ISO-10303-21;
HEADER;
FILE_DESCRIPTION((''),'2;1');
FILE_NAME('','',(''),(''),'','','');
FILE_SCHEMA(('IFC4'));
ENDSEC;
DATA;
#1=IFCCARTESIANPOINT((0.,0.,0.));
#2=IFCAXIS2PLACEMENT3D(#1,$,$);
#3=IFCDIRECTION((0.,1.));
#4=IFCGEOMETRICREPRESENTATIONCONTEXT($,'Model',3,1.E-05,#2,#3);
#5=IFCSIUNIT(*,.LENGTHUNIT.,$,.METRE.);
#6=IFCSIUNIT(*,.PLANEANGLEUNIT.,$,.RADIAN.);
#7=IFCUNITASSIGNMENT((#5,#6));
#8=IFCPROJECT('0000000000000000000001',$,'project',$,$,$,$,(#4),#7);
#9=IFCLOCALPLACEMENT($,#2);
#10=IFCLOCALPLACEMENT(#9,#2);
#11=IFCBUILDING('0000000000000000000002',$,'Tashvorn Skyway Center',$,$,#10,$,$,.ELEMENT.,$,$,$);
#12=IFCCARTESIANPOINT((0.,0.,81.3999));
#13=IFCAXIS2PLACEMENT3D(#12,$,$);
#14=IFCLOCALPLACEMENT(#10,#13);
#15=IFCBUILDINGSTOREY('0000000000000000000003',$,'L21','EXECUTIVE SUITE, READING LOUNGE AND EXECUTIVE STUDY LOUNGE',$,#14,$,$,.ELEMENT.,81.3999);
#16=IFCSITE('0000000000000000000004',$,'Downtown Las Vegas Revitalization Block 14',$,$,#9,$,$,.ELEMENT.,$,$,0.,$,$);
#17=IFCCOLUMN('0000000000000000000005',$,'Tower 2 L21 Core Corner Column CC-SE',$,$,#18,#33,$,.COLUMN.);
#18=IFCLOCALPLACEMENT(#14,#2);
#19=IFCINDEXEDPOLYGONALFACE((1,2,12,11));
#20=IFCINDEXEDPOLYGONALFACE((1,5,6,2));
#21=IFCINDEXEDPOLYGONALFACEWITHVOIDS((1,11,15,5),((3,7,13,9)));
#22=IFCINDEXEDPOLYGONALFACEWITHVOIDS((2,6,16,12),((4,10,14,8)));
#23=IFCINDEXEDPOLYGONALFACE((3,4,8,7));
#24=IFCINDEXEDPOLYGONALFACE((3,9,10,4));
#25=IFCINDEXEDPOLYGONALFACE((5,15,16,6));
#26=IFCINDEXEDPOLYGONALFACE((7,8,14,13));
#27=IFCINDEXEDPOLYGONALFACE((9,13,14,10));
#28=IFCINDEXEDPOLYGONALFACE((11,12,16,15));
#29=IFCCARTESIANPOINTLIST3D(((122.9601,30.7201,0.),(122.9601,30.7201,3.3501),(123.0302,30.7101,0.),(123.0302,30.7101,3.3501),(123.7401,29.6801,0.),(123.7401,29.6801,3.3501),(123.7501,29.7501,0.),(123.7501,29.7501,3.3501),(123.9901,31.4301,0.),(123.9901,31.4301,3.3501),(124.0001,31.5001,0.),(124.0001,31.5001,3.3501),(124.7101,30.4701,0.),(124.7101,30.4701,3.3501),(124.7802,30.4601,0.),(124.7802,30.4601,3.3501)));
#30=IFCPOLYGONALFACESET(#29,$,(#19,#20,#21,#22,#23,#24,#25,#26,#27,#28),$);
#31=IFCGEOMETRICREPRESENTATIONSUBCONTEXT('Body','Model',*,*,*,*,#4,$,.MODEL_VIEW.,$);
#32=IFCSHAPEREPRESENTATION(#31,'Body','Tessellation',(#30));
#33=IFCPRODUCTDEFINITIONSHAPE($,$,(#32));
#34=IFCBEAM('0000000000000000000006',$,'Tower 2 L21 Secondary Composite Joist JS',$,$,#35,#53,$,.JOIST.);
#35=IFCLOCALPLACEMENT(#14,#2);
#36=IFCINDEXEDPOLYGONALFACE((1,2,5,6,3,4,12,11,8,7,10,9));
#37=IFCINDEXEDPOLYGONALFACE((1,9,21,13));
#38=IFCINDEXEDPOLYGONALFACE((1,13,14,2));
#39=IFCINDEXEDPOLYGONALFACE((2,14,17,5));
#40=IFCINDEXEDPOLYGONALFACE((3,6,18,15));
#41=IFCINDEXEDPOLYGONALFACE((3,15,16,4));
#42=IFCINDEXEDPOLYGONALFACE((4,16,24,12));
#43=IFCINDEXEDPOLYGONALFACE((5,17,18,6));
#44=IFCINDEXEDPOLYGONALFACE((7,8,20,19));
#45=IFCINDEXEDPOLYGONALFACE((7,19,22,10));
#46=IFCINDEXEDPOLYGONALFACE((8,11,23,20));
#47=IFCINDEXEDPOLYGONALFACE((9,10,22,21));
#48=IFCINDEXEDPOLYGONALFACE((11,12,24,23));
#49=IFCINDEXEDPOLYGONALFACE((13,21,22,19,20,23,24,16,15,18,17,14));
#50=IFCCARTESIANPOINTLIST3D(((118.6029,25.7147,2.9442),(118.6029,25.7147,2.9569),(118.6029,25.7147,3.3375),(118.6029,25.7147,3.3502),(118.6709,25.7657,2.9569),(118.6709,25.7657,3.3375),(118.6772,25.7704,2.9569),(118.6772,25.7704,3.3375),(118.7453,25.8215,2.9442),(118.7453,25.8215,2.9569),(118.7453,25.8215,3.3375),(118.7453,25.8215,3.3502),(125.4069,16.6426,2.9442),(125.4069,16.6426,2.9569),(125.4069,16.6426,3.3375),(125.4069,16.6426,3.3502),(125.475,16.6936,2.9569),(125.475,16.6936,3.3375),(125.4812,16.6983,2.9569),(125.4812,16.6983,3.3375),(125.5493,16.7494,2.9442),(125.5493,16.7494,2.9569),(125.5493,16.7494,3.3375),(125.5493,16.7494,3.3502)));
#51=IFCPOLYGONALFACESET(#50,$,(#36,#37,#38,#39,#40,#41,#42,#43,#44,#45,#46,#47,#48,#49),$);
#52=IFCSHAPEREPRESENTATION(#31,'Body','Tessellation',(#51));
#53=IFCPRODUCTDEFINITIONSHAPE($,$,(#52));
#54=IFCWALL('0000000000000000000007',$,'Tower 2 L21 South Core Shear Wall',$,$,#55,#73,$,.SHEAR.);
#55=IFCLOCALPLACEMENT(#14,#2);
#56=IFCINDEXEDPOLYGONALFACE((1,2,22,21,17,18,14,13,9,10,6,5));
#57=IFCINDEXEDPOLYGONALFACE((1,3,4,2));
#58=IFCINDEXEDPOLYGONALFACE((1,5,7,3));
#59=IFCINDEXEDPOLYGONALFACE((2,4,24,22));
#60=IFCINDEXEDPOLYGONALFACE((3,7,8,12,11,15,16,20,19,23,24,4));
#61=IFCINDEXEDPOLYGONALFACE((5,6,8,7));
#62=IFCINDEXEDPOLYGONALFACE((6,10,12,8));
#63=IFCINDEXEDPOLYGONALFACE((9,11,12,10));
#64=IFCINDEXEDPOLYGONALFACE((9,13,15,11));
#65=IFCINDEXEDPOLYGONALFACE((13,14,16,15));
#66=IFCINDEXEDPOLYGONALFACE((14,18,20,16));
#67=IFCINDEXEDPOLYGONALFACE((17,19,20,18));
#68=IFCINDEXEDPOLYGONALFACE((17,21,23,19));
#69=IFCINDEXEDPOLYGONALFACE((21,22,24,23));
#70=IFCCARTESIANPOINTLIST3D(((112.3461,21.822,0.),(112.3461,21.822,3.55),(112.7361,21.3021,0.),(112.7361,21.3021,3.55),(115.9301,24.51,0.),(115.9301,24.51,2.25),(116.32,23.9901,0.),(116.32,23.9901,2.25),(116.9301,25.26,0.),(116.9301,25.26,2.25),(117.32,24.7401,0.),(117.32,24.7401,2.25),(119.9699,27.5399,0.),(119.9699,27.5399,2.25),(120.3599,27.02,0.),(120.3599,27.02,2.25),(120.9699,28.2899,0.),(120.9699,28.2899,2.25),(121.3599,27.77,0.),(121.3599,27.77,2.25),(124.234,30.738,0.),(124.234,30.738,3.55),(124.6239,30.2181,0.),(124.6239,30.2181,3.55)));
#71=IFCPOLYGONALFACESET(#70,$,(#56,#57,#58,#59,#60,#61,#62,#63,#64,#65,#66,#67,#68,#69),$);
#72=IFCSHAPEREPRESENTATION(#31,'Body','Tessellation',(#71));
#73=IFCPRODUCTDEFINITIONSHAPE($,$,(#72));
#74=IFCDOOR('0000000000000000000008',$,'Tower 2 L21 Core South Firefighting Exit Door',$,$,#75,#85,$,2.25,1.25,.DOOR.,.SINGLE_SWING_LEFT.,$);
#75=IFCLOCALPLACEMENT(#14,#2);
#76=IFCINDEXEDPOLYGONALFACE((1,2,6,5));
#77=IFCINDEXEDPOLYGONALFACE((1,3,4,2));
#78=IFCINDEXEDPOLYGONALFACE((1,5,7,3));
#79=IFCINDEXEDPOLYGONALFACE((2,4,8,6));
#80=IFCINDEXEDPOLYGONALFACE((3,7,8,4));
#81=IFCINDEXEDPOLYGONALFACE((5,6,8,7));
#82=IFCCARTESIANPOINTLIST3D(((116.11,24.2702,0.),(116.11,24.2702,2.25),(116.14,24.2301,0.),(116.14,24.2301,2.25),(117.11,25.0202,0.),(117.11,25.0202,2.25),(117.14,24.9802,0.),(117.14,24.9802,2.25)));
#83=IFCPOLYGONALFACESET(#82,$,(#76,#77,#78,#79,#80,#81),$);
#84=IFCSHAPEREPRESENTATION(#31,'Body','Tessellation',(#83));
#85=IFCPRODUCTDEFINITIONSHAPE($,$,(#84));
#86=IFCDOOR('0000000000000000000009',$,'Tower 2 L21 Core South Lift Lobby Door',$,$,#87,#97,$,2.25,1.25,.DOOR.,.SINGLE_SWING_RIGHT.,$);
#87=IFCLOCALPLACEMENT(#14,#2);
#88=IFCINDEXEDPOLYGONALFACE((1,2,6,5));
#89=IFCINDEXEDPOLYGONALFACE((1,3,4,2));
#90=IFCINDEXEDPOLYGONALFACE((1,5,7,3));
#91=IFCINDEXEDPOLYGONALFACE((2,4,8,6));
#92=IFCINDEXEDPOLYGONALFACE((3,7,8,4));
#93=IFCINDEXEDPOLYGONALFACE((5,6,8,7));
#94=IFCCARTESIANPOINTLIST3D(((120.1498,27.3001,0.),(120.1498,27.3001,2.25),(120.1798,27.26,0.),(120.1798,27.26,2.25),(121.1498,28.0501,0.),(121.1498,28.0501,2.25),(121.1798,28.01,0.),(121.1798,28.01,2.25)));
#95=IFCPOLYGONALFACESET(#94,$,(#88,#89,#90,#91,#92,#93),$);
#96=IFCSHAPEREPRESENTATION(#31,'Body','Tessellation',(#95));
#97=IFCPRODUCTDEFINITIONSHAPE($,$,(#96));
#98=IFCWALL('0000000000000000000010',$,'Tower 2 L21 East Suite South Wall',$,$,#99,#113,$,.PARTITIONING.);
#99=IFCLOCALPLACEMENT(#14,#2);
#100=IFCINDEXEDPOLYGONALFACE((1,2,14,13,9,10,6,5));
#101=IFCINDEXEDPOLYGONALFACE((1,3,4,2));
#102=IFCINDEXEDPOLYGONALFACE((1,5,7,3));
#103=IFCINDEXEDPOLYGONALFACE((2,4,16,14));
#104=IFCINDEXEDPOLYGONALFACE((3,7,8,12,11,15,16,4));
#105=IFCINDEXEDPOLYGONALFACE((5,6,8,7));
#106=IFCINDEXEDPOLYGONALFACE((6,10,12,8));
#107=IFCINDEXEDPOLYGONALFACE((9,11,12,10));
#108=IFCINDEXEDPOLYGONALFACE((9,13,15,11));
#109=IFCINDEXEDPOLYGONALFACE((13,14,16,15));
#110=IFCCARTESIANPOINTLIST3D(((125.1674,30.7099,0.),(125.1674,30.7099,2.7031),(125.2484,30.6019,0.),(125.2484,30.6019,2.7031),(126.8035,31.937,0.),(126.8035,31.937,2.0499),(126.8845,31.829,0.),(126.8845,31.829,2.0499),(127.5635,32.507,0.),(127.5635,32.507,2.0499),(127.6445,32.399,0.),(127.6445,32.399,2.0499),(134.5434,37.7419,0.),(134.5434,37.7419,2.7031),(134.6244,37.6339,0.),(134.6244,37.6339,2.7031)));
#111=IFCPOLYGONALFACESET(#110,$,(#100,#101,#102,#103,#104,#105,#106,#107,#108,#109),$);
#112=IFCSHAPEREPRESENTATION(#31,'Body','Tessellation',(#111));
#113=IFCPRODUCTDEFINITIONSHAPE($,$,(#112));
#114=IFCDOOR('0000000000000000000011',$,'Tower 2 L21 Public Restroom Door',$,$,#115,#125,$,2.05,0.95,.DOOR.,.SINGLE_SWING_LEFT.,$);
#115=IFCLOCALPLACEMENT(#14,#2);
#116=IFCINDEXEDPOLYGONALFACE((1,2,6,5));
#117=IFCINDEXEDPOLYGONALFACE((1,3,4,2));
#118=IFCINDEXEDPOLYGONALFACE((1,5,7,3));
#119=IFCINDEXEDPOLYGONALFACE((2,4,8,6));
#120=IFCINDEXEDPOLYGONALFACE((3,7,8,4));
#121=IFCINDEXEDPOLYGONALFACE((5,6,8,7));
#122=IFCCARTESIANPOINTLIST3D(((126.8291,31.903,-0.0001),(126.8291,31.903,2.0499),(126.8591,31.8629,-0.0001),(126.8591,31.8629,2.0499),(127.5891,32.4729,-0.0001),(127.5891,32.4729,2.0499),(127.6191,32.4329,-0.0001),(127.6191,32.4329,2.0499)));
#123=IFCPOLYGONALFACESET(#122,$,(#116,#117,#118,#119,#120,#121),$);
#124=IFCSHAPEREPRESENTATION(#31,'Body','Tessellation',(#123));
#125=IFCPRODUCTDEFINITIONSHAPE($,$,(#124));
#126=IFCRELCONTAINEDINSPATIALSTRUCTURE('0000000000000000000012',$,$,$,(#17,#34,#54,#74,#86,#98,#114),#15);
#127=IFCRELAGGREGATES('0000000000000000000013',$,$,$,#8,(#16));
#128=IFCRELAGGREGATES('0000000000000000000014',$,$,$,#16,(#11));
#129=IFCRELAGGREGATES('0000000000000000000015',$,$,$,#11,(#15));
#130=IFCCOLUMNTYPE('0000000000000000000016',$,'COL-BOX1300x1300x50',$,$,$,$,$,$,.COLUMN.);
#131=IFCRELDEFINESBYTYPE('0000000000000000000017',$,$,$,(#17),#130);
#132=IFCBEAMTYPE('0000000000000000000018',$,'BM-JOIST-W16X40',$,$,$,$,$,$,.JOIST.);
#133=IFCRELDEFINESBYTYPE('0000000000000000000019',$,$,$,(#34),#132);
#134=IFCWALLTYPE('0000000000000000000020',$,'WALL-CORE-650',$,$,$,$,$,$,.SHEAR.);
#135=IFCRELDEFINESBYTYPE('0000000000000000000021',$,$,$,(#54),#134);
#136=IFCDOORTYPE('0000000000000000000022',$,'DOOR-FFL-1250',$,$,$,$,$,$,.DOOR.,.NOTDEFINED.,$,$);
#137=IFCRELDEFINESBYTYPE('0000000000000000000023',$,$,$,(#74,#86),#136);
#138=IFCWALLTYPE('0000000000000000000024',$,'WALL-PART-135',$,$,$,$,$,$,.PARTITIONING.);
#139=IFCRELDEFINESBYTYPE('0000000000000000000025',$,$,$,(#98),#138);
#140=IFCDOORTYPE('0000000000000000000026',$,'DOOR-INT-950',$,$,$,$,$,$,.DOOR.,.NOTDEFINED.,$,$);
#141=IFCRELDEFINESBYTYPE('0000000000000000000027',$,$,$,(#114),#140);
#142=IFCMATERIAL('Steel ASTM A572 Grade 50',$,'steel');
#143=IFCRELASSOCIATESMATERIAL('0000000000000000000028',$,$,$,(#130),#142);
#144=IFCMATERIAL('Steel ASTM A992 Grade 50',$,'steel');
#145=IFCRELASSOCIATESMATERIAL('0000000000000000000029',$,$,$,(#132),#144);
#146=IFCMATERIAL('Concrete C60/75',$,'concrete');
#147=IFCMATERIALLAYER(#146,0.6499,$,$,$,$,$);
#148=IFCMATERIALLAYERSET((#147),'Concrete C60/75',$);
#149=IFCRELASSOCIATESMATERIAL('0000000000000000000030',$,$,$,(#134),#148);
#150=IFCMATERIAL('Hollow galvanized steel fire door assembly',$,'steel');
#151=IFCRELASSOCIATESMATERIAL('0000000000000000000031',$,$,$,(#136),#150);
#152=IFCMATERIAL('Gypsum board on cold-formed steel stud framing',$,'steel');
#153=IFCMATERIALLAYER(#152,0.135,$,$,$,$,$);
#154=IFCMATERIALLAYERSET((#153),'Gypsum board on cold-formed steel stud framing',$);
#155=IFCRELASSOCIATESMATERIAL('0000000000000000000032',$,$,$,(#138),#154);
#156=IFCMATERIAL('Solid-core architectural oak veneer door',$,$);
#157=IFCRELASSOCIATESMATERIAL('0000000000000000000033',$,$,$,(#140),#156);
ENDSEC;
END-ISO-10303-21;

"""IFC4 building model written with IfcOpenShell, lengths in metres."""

from ifc_helpers import new_model, si_unit, direction, frame, frame_2d, origin, origin_2d, place, context, subcontext, project, spatial, rectangle, hollow_rectangle, i_section, extrude, material, layer, layer_set, material_profile, profile_set, type_object, element, fill, save


model = new_model("IFC4")

# Units and contexts
model_context = context("Model", 3, precision=1e-05, world=origin(), true_north=direction((0.0, 1.0)))
body_context = subcontext(model_context, "Body", "Model", "MODEL_VIEW")
ifc_project = project(units=[si_unit("LENGTHUNIT", "METRE"), si_unit("PLANEANGLEUNIT", "RADIAN")], contexts=[model_context])

# Site, building, storey
site_placement = place(None, origin())
site = spatial("IfcSite", under=ifc_project, at=site_placement, Name="Downtown Las Vegas Revitalization Block 14", CompositionType="ELEMENT", RefElevation=0.0)
building_placement = place(site_placement, origin())
building = spatial("IfcBuilding", under=site, at=building_placement, Name="Tashvorn Skyway Center", CompositionType="ELEMENT")
storey_placement = place(building_placement, frame((0.0, 0.0, 81.3999)))
storey = spatial("IfcBuildingStorey", under=building, at=storey_placement, Name="L21", Description="EXECUTIVE SUITE, READING LOUNGE AND EXECUTIVE STUDY LOUNGE", CompositionType="ELEMENT", Elevation=81.3999)

# Column
ifc_material_1 = material(Name="Steel ASTM A572 Grade 50", Category="steel")
ifc_material_profile_1 = material_profile(ifc_material_1, hollow_rectangle(XDim=1.3, YDim=1.3, WallThickness=0.05, at=origin_2d()), Name="BOX1300x1300x50")
ifc_profile_set_1 = profile_set([ifc_material_profile_1], Name="Steel ASTM A572 Grade 50")
column_type = type_object("IfcColumnType", Name="COL-BOX1300x1300x50", PredefinedType="COLUMN", material=ifc_profile_set_1)
column_placement = place(storey_placement, frame((123.8701, 30.5901, 0.0), z_axis=(0.0, 0.0, 1.0), x_axis=(0.8, 0.6, 0.0)))
element("IfcColumn", 1, at=column_placement, inside=storey, type_object=column_type, Name="Tower 2 L21 Core Corner Column CC-SE", PredefinedType="COLUMN", context=body_context, shape_type="SweptSolid", body=[
    extrude(hollow_rectangle(XDim=1.3, YDim=1.3, WallThickness=0.05, at=origin_2d()), origin(), (0.0, 0.0, 1.0), 3.3501),
])

# Beam
ifc_material_2 = material(Name="Steel ASTM A992 Grade 50", Category="steel")
ifc_material_profile_2 = material_profile(ifc_material_2, i_section(OverallWidth=0.178, OverallDepth=0.406, WebThickness=0.0078, FlangeThickness=0.0127, at=origin_2d()), Name="W16X40")
ifc_profile_set_2 = profile_set([ifc_material_profile_2], Name="Steel ASTM A992 Grade 50")
beam_type = type_object("IfcBeamType", Name="BM-JOIST-W16X40", PredefinedType="JOIST", material=ifc_profile_set_2)
beam_placement = place(storey_placement, frame((118.6741, 25.7681, 3.1472), z_axis=(0.599997, -0.800003, 0.0), x_axis=(0.800003, 0.599997, 0.0)))
element("IfcBeam", 2, at=beam_placement, inside=storey, type_object=beam_type, Name="Tower 2 L21 Secondary Composite Joist JS", PredefinedType="JOIST", context=body_context, shape_type="SweptSolid", body=[
    extrude(i_section(OverallWidth=0.178, OverallDepth=0.406, WebThickness=0.0078, FlangeThickness=0.0127, at=origin_2d()), origin(), (0.0, 0.0, 1.0), 11.3401),
])

# Wall, openings, doors
ifc_material_3 = material(Name="Concrete C60/75", Category="concrete")
ifc_layer_1 = layer(ifc_material_3, 0.6499)
ifc_layer_set_1 = layer_set([ifc_layer_1], Name="Concrete C60/75")
wall_type_1 = type_object("IfcWallType", Name="WALL-CORE-650", PredefinedType="SHEAR", material=ifc_layer_set_1)
wall_1_placement = place(storey_placement, frame((124.429, 30.478, 0.0), z_axis=(0.0, 0.0, 1.0), x_axis=(-0.799998, -0.600003, 0.0)))
wall_1 = element("IfcWall", 3, at=wall_1_placement, inside=storey, type_object=wall_type_1, Name="Tower 2 L21 South Core Shear Wall", PredefinedType="SHEAR", context=body_context, shape_type="SweptSolid", body=[
    extrude(rectangle(XDim=14.8599, YDim=0.6499, at=frame_2d((7.4299, 0.0))), origin(), (0.0, 0.0, 1.0), 3.55),
])
opening_1_placement = place(wall_1_placement, frame((9.1299, 0.0, 0.0)))
opening_1 = element("IfcOpeningElement", 4, at=opening_1_placement, cuts=wall_1, PredefinedType="OPENING", context=body_context, shape_type="SweptSolid", body=[
    extrude(rectangle(XDim=1.25, YDim=2.25, at=frame_2d((0.625, 1.125))), frame((0.0, 0.335, 0.0), z_axis=(0.0, -1.0, 0.0), x_axis=(1.0, 0.0, 0.0)), (0.0, 0.0, 1.0), 0.6699),
])
opening_2_placement = place(wall_1_placement, frame((4.0801, 0.0, 0.0)))
opening_2 = element("IfcOpeningElement", 5, at=opening_2_placement, cuts=wall_1, PredefinedType="OPENING", context=body_context, shape_type="SweptSolid", body=[
    extrude(rectangle(XDim=1.25, YDim=2.25, at=frame_2d((0.625, 1.125))), frame((0.0, 0.335, 0.0), z_axis=(0.0, -1.0, 0.0), x_axis=(1.0, 0.0, 0.0)), (0.0, 0.0, 1.0), 0.6699),
])
ifc_material_4 = material(Name="Hollow galvanized steel fire door assembly", Category="steel")
door_type_1 = type_object("IfcDoorType", Name="DOOR-FFL-1250", OperationType="NOTDEFINED", PredefinedType="DOOR", material=ifc_material_4)
door_1_placement = place(opening_1_placement, origin())
door_1 = element("IfcDoor", 6, at=door_1_placement, inside=storey, type_object=door_type_1, Name="Tower 2 L21 Core South Firefighting Exit Door", OperationType="SINGLE_SWING_LEFT", OverallHeight=2.25, OverallWidth=1.25, PredefinedType="DOOR", context=body_context, shape_type="SweptSolid", body=[
    extrude(rectangle(XDim=1.25, YDim=2.25, at=frame_2d((0.625, 1.125))), frame((0.0, 0.0249, 0.0), z_axis=(0.0, -1.0, 0.0), x_axis=(1.0, 0.0, 0.0)), (0.0, 0.0, 1.0), 0.05),
])
fill(opening_1, door_1)
door_2_placement = place(opening_2_placement, origin())
door_2 = element("IfcDoor", 7, at=door_2_placement, inside=storey, type_object=door_type_1, Name="Tower 2 L21 Core South Lift Lobby Door", OperationType="SINGLE_SWING_RIGHT", OverallHeight=2.25, OverallWidth=1.25, PredefinedType="DOOR", context=body_context, shape_type="SweptSolid", body=[
    extrude(rectangle(XDim=1.25, YDim=2.25, at=frame_2d((0.625, 1.125))), frame((0.0, 0.0249, 0.0), z_axis=(0.0, -1.0, 0.0), x_axis=(1.0, 0.0, 0.0)), (0.0, 0.0, 1.0), 0.05),
])
fill(opening_2, door_2)

# Wall, opening, door
ifc_material_5 = material(Name="Gypsum board on cold-formed steel stud framing", Category="steel")
ifc_layer_2 = layer(ifc_material_5, 0.135)
ifc_layer_set_2 = layer_set([ifc_layer_2], Name="Gypsum board on cold-formed steel stud framing")
wall_type_2 = type_object("IfcWallType", Name="WALL-PART-135", PredefinedType="PARTITIONING", material=ifc_layer_set_2)
wall_2_placement = place(storey_placement, frame((125.208, 30.656, 0.0), z_axis=(0.0, 0.0, 1.0), x_axis=(0.8, 0.6, 0.0)))
wall_2 = element("IfcWall", 8, at=wall_2_placement, inside=storey, type_object=wall_type_2, Name="Tower 2 L21 East Suite South Wall", PredefinedType="PARTITIONING", context=body_context, shape_type="SweptSolid", body=[
    extrude(rectangle(XDim=11.72, YDim=0.135, at=frame_2d((5.8599, 0.0))), origin(), (0.0, 0.0, 1.0), 2.7031),
])
opening_3_placement = place(wall_2_placement, frame((2.0449, 0.0, 0.0)))
opening_3 = element("IfcOpeningElement", 9, at=opening_3_placement, cuts=wall_2, PredefinedType="OPENING", context=body_context, shape_type="SweptSolid", body=[
    extrude(rectangle(XDim=0.95, YDim=2.05, at=frame_2d((0.4751, 1.0249))), frame((0.0, 0.0774, 0.0), z_axis=(0.0, -1.0, 0.0), x_axis=(1.0, 0.0, 0.0)), (0.0, 0.0, 1.0), 0.155),
])
ifc_material_6 = material(Name="Solid-core architectural oak veneer door")
door_type_2 = type_object("IfcDoorType", Name="DOOR-INT-950", OperationType="NOTDEFINED", PredefinedType="DOOR", material=ifc_material_6)
door_3_placement = place(opening_3_placement, origin())
door_3 = element("IfcDoor", 10, at=door_3_placement, inside=storey, type_object=door_type_2, Name="Tower 2 L21 Public Restroom Door", OperationType="SINGLE_SWING_LEFT", OverallHeight=2.05, OverallWidth=0.95, PredefinedType="DOOR", context=body_context, shape_type="SweptSolid", body=[
    extrude(rectangle(XDim=0.95, YDim=2.05, at=frame_2d((0.4751, 1.0249))), frame((0.0, 0.0249, 0.0), z_axis=(0.0, -1.0, 0.0), x_axis=(1.0, 0.0, 0.0)), (0.0, 0.0, 1.0), 0.05),
])
fill(opening_3, door_3)

save(model, "model.ifc")
